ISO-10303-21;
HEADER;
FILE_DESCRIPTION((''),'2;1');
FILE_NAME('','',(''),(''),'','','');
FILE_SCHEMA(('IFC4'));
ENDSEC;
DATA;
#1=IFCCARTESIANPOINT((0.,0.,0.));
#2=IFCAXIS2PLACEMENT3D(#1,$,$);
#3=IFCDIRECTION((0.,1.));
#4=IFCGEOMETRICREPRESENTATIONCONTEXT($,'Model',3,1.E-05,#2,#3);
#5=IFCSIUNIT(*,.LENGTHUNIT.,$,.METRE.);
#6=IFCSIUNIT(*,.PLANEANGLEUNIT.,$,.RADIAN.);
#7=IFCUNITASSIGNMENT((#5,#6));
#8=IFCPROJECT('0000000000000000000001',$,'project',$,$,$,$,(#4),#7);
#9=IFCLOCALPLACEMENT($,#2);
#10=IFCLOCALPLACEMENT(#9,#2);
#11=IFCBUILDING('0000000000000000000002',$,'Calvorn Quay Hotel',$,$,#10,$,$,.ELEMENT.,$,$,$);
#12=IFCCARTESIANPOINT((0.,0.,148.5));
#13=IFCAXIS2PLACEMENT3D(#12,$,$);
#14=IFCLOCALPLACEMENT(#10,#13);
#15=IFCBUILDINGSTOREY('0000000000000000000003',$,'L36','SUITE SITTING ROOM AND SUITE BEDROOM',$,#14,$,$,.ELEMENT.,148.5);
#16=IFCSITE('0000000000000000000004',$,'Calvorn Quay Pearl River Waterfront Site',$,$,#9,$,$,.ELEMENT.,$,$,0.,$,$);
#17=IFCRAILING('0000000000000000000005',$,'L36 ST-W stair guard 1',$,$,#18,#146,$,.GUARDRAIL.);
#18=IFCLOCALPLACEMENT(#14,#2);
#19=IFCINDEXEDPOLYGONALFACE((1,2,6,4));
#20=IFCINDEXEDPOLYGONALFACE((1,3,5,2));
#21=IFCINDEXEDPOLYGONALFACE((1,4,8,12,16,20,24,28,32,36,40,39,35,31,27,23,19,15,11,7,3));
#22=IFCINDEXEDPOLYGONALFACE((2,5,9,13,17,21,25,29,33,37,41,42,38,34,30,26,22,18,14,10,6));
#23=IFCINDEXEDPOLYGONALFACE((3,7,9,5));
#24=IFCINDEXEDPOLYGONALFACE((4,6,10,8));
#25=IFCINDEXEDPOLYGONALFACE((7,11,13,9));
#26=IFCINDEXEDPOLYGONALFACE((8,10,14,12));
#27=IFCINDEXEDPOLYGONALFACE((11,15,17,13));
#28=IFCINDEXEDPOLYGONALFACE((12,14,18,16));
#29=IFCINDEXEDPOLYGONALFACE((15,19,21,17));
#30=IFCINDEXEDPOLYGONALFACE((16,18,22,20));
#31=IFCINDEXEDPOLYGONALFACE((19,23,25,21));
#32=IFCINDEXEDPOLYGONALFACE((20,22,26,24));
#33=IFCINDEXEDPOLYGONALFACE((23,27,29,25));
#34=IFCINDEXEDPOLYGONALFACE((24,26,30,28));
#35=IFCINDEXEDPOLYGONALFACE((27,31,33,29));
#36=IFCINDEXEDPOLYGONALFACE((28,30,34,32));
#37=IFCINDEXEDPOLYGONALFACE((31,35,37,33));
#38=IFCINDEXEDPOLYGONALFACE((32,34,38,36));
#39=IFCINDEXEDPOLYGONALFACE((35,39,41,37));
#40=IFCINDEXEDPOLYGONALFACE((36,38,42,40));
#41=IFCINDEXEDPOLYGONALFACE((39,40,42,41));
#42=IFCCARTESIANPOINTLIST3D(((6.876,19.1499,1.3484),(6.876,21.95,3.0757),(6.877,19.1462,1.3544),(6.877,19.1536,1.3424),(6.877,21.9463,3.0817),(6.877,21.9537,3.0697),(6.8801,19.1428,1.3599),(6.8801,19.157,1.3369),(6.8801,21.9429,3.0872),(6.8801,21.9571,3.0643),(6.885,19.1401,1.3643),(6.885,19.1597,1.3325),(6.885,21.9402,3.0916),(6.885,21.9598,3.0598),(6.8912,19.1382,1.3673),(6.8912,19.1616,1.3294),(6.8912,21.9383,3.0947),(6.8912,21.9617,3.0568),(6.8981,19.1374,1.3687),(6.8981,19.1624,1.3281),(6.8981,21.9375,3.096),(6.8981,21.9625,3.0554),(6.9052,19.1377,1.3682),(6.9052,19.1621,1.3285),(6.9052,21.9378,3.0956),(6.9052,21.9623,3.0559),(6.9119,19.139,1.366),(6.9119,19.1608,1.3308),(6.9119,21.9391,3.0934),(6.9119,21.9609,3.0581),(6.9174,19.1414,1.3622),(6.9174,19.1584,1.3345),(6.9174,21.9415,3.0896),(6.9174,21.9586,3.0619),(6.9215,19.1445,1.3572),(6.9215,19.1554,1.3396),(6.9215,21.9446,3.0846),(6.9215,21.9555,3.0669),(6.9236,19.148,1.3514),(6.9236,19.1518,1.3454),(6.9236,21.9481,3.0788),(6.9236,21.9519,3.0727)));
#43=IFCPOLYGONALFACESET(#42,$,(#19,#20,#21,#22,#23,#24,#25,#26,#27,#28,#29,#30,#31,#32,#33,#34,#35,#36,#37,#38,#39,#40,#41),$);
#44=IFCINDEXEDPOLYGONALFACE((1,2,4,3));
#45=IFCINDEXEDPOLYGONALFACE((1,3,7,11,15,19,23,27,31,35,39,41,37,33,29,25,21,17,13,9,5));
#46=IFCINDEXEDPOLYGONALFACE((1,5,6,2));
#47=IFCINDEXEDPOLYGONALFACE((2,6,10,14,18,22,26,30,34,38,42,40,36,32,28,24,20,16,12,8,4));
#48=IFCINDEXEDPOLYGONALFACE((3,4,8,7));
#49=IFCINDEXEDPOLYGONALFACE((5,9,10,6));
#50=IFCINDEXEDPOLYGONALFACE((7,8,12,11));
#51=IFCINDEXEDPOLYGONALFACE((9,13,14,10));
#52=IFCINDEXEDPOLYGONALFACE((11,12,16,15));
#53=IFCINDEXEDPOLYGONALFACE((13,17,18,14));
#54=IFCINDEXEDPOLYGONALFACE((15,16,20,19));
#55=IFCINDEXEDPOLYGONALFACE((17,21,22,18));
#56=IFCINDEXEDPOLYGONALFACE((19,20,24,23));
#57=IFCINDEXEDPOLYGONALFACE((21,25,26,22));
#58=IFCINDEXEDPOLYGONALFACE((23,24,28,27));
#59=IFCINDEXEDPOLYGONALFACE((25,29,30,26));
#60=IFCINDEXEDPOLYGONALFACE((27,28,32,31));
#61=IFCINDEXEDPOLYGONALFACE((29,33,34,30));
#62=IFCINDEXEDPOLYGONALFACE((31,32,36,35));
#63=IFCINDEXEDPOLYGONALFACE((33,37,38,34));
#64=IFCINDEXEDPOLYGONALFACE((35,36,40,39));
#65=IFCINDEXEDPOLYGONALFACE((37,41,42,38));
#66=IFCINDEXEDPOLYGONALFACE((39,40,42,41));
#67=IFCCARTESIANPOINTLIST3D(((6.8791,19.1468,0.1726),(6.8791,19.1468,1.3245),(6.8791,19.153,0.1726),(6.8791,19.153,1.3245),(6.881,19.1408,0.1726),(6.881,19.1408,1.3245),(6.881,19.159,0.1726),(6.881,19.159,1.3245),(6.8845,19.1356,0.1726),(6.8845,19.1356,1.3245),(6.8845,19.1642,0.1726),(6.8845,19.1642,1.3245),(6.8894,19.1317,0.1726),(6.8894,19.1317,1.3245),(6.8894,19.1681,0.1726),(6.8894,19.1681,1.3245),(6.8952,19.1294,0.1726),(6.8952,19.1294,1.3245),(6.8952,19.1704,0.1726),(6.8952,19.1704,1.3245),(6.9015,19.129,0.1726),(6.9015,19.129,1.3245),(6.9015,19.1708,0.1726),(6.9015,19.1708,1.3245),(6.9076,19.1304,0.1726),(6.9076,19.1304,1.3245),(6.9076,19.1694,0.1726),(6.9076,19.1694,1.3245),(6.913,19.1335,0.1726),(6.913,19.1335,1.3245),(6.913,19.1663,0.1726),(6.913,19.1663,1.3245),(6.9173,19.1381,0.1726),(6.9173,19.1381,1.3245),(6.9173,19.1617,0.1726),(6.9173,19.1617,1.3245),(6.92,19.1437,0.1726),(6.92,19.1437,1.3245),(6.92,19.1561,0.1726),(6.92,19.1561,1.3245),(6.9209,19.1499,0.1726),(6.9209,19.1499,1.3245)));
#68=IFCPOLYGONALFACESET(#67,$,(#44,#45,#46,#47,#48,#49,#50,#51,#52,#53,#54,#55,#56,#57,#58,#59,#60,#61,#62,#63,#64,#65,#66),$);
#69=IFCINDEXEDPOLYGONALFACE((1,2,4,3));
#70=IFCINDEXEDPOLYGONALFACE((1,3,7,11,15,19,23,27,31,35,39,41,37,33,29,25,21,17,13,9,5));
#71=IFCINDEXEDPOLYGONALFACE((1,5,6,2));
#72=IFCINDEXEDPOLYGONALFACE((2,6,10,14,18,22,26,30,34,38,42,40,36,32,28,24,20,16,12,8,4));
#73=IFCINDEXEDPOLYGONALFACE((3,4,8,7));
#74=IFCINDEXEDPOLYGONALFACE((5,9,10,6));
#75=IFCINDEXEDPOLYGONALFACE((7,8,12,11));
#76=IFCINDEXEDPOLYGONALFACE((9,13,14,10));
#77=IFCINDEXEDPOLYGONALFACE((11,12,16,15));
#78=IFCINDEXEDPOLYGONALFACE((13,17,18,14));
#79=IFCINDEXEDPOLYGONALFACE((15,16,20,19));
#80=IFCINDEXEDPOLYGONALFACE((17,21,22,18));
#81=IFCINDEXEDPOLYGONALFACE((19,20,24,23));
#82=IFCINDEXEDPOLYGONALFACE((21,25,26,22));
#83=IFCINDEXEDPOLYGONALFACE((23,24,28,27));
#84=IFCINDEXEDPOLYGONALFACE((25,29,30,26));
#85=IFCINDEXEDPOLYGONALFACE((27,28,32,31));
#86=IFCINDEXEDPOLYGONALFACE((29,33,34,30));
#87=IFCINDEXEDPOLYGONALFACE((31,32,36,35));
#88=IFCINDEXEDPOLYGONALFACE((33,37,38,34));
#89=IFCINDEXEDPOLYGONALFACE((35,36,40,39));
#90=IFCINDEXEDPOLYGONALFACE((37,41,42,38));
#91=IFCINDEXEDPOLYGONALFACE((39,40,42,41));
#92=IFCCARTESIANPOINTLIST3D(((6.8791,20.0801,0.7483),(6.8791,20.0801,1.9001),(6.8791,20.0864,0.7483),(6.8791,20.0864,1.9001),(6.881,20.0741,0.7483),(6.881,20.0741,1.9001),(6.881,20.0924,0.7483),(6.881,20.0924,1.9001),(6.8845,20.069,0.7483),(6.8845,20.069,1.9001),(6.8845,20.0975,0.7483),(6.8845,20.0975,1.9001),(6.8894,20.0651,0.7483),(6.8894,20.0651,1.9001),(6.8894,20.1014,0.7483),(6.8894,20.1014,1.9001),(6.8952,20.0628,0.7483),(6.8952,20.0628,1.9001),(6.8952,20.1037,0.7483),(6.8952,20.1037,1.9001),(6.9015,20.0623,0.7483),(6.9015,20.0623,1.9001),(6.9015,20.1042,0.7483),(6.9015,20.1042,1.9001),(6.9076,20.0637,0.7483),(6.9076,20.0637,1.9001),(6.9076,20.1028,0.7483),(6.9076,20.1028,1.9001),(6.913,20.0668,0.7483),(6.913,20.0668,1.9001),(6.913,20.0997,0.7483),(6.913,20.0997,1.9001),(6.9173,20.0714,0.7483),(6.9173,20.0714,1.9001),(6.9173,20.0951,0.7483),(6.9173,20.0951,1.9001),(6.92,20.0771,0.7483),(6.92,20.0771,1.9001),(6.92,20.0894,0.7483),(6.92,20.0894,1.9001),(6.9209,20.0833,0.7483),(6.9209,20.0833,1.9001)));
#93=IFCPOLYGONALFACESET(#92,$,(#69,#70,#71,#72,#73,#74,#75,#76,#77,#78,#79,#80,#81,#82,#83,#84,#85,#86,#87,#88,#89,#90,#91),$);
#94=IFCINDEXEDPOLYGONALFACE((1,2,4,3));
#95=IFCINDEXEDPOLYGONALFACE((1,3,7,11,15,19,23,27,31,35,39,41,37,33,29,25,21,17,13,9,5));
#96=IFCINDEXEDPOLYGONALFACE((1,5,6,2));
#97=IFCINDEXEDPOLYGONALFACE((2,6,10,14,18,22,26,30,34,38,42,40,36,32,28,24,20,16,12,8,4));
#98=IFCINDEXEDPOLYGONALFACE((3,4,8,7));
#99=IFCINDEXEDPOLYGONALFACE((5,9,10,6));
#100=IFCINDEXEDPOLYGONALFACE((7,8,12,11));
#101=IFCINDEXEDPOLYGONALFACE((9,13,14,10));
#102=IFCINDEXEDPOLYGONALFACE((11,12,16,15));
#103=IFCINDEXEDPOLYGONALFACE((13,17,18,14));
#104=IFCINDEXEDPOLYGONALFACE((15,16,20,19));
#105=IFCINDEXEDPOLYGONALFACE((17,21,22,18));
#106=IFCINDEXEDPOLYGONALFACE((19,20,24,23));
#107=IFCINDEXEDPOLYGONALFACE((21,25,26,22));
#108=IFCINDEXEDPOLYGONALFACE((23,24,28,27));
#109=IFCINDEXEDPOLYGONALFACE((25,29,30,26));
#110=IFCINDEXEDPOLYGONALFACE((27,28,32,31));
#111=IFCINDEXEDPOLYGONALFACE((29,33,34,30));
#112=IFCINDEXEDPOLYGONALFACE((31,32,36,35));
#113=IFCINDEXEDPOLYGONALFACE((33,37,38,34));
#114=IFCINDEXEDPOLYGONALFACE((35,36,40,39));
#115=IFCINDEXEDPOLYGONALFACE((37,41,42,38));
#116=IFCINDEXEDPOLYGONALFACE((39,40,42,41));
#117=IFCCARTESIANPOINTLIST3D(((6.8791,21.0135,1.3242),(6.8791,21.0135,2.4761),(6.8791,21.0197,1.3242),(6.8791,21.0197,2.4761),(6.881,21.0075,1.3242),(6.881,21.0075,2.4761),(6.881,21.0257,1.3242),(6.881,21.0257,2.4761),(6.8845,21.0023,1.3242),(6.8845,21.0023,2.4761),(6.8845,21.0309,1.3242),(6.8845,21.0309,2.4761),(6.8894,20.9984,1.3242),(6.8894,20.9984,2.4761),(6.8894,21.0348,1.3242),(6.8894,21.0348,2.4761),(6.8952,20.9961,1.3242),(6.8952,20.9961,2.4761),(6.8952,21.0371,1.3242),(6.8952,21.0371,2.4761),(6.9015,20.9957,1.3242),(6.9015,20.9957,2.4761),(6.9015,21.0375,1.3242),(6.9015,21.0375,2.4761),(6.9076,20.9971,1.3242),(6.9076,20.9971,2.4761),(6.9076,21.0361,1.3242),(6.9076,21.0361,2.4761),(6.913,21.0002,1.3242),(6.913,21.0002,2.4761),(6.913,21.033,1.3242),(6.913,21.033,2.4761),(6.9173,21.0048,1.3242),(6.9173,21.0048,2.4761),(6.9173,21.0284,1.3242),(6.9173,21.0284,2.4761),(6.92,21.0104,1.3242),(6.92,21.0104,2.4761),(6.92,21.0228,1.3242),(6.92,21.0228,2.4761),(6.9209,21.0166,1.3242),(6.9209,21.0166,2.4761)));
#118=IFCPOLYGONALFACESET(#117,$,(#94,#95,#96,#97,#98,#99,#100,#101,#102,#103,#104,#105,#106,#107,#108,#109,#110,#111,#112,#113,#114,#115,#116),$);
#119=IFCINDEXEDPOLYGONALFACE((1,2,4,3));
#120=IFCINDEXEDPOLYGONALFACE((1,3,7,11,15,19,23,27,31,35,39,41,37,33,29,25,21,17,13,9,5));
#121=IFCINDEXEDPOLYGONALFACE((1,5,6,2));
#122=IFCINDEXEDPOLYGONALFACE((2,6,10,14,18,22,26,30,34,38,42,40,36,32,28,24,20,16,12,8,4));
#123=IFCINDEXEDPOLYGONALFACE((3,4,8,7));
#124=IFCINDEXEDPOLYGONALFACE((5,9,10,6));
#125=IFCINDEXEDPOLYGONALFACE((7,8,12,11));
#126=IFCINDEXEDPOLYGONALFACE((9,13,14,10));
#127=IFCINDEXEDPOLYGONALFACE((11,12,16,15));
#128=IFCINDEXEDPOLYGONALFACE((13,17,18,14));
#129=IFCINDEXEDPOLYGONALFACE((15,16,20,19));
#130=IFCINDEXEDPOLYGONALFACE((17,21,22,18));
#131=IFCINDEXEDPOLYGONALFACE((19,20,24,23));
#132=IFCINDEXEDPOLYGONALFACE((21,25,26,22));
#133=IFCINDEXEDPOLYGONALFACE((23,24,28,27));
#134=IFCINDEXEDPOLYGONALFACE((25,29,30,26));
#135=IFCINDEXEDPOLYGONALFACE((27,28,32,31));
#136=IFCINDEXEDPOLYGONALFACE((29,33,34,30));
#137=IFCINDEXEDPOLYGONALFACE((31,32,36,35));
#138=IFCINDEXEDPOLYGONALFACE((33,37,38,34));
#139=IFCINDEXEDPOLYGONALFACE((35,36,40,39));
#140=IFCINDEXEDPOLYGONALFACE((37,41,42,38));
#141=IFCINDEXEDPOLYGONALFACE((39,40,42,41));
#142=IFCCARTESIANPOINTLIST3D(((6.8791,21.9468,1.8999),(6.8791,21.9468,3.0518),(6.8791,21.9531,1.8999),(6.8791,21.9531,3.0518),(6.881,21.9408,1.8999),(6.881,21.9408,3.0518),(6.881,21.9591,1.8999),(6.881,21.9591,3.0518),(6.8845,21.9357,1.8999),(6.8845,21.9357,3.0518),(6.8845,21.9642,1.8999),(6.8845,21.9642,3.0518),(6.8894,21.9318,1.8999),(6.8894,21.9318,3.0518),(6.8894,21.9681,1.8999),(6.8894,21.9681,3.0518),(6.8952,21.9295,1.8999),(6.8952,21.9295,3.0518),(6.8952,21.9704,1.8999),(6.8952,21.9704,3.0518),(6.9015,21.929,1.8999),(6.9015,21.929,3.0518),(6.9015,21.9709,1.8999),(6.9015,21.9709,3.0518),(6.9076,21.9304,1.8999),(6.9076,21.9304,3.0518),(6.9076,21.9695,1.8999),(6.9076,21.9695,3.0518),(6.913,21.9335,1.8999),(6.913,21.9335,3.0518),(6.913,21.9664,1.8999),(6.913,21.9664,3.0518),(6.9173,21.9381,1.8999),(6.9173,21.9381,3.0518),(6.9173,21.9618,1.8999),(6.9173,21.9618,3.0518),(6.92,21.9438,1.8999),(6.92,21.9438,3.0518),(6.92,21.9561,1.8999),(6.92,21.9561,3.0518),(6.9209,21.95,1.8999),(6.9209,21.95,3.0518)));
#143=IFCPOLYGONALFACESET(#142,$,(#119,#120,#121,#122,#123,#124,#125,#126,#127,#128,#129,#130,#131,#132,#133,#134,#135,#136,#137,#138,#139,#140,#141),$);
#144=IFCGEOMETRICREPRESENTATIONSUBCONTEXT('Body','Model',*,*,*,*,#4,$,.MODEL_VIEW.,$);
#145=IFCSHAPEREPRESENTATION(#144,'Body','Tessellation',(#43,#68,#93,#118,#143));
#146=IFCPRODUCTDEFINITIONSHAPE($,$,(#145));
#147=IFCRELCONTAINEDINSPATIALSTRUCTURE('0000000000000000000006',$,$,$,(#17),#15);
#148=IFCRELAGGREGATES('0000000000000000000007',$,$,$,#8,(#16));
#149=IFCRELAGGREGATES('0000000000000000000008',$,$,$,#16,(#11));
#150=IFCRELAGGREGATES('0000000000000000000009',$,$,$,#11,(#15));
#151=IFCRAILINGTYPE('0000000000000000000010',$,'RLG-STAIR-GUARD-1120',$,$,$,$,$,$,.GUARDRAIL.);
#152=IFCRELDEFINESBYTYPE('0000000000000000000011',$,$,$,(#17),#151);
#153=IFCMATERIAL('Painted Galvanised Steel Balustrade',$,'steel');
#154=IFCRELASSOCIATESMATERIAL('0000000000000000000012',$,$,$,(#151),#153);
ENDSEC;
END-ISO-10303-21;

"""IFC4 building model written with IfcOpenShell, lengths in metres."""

from ifc_helpers import new_model, si_unit, direction, frame, origin, origin_2d, place, context, subcontext, project, spatial, circle, extrude, material, type_object, element, save


model = new_model("IFC4")

# Units and contexts
model_context = context("Model", 3, precision=1e-05, world=origin(), true_north=direction((0.0, 1.0)))
body_context = subcontext(model_context, "Body", "Model", "MODEL_VIEW")
ifc_project = project(units=[si_unit("LENGTHUNIT", "METRE"), si_unit("PLANEANGLEUNIT", "RADIAN")], contexts=[model_context])

# Site, building, storey
site_placement = place(None, origin())
site = spatial("IfcSite", under=ifc_project, at=site_placement, Name="Calvorn Quay Pearl River Waterfront Site", CompositionType="ELEMENT", RefElevation=0.0)
building_placement = place(site_placement, origin())
building = spatial("IfcBuilding", under=site, at=building_placement, Name="Calvorn Quay Hotel", CompositionType="ELEMENT")
storey_placement = place(building_placement, frame((0.0, 0.0, 148.5)))
storey = spatial("IfcBuildingStorey", under=building, at=storey_placement, Name="L36", Description="SUITE SITTING ROOM AND SUITE BEDROOM", CompositionType="ELEMENT", Elevation=148.5)

# Railing
ifc_material_1 = material(Name="Painted Galvanised Steel Balustrade", Category="steel")
railing_type_1 = type_object("IfcRailingType", Name="RLG-STAIR-GUARD-1120", PredefinedType="GUARDRAIL", material=ifc_material_1)
railing_1_placement = place(storey_placement, frame((6.8999, 19.1499, 0.1726)))
element("IfcRailing", 1, at=railing_1_placement, inside=storey, type_object=railing_type_1, Name="L36 ST-W stair guard 1", PredefinedType="GUARDRAIL", context=body_context, shape_type="SweptSolid", body=[
    extrude(circle(Radius=0.0239, at=origin_2d()), frame((0.0, 0.0, 1.1758), z_axis=(0.0, 0.85109, 0.52502), x_axis=(-1.0, 0.0, 0.0)), (0.0, 0.0, 1.0), 3.29),
    extrude(circle(Radius=0.021, at=origin_2d()), origin(), (0.0, 0.0, 1.0), 1.1519),
    extrude(circle(Radius=0.021, at=origin_2d()), frame((0.0, 0.9333, 0.5757)), (0.0, 0.0, 1.0), 1.1519),
    extrude(circle(Radius=0.021, at=origin_2d()), frame((0.0, 1.8667, 1.1516)), (0.0, 0.0, 1.0), 1.1519),
    extrude(circle(Radius=0.021, at=origin_2d()), frame((0.0, 2.8, 1.7273)), (0.0, 0.0, 1.0), 1.1519),
])

save(model, "model.ifc")
